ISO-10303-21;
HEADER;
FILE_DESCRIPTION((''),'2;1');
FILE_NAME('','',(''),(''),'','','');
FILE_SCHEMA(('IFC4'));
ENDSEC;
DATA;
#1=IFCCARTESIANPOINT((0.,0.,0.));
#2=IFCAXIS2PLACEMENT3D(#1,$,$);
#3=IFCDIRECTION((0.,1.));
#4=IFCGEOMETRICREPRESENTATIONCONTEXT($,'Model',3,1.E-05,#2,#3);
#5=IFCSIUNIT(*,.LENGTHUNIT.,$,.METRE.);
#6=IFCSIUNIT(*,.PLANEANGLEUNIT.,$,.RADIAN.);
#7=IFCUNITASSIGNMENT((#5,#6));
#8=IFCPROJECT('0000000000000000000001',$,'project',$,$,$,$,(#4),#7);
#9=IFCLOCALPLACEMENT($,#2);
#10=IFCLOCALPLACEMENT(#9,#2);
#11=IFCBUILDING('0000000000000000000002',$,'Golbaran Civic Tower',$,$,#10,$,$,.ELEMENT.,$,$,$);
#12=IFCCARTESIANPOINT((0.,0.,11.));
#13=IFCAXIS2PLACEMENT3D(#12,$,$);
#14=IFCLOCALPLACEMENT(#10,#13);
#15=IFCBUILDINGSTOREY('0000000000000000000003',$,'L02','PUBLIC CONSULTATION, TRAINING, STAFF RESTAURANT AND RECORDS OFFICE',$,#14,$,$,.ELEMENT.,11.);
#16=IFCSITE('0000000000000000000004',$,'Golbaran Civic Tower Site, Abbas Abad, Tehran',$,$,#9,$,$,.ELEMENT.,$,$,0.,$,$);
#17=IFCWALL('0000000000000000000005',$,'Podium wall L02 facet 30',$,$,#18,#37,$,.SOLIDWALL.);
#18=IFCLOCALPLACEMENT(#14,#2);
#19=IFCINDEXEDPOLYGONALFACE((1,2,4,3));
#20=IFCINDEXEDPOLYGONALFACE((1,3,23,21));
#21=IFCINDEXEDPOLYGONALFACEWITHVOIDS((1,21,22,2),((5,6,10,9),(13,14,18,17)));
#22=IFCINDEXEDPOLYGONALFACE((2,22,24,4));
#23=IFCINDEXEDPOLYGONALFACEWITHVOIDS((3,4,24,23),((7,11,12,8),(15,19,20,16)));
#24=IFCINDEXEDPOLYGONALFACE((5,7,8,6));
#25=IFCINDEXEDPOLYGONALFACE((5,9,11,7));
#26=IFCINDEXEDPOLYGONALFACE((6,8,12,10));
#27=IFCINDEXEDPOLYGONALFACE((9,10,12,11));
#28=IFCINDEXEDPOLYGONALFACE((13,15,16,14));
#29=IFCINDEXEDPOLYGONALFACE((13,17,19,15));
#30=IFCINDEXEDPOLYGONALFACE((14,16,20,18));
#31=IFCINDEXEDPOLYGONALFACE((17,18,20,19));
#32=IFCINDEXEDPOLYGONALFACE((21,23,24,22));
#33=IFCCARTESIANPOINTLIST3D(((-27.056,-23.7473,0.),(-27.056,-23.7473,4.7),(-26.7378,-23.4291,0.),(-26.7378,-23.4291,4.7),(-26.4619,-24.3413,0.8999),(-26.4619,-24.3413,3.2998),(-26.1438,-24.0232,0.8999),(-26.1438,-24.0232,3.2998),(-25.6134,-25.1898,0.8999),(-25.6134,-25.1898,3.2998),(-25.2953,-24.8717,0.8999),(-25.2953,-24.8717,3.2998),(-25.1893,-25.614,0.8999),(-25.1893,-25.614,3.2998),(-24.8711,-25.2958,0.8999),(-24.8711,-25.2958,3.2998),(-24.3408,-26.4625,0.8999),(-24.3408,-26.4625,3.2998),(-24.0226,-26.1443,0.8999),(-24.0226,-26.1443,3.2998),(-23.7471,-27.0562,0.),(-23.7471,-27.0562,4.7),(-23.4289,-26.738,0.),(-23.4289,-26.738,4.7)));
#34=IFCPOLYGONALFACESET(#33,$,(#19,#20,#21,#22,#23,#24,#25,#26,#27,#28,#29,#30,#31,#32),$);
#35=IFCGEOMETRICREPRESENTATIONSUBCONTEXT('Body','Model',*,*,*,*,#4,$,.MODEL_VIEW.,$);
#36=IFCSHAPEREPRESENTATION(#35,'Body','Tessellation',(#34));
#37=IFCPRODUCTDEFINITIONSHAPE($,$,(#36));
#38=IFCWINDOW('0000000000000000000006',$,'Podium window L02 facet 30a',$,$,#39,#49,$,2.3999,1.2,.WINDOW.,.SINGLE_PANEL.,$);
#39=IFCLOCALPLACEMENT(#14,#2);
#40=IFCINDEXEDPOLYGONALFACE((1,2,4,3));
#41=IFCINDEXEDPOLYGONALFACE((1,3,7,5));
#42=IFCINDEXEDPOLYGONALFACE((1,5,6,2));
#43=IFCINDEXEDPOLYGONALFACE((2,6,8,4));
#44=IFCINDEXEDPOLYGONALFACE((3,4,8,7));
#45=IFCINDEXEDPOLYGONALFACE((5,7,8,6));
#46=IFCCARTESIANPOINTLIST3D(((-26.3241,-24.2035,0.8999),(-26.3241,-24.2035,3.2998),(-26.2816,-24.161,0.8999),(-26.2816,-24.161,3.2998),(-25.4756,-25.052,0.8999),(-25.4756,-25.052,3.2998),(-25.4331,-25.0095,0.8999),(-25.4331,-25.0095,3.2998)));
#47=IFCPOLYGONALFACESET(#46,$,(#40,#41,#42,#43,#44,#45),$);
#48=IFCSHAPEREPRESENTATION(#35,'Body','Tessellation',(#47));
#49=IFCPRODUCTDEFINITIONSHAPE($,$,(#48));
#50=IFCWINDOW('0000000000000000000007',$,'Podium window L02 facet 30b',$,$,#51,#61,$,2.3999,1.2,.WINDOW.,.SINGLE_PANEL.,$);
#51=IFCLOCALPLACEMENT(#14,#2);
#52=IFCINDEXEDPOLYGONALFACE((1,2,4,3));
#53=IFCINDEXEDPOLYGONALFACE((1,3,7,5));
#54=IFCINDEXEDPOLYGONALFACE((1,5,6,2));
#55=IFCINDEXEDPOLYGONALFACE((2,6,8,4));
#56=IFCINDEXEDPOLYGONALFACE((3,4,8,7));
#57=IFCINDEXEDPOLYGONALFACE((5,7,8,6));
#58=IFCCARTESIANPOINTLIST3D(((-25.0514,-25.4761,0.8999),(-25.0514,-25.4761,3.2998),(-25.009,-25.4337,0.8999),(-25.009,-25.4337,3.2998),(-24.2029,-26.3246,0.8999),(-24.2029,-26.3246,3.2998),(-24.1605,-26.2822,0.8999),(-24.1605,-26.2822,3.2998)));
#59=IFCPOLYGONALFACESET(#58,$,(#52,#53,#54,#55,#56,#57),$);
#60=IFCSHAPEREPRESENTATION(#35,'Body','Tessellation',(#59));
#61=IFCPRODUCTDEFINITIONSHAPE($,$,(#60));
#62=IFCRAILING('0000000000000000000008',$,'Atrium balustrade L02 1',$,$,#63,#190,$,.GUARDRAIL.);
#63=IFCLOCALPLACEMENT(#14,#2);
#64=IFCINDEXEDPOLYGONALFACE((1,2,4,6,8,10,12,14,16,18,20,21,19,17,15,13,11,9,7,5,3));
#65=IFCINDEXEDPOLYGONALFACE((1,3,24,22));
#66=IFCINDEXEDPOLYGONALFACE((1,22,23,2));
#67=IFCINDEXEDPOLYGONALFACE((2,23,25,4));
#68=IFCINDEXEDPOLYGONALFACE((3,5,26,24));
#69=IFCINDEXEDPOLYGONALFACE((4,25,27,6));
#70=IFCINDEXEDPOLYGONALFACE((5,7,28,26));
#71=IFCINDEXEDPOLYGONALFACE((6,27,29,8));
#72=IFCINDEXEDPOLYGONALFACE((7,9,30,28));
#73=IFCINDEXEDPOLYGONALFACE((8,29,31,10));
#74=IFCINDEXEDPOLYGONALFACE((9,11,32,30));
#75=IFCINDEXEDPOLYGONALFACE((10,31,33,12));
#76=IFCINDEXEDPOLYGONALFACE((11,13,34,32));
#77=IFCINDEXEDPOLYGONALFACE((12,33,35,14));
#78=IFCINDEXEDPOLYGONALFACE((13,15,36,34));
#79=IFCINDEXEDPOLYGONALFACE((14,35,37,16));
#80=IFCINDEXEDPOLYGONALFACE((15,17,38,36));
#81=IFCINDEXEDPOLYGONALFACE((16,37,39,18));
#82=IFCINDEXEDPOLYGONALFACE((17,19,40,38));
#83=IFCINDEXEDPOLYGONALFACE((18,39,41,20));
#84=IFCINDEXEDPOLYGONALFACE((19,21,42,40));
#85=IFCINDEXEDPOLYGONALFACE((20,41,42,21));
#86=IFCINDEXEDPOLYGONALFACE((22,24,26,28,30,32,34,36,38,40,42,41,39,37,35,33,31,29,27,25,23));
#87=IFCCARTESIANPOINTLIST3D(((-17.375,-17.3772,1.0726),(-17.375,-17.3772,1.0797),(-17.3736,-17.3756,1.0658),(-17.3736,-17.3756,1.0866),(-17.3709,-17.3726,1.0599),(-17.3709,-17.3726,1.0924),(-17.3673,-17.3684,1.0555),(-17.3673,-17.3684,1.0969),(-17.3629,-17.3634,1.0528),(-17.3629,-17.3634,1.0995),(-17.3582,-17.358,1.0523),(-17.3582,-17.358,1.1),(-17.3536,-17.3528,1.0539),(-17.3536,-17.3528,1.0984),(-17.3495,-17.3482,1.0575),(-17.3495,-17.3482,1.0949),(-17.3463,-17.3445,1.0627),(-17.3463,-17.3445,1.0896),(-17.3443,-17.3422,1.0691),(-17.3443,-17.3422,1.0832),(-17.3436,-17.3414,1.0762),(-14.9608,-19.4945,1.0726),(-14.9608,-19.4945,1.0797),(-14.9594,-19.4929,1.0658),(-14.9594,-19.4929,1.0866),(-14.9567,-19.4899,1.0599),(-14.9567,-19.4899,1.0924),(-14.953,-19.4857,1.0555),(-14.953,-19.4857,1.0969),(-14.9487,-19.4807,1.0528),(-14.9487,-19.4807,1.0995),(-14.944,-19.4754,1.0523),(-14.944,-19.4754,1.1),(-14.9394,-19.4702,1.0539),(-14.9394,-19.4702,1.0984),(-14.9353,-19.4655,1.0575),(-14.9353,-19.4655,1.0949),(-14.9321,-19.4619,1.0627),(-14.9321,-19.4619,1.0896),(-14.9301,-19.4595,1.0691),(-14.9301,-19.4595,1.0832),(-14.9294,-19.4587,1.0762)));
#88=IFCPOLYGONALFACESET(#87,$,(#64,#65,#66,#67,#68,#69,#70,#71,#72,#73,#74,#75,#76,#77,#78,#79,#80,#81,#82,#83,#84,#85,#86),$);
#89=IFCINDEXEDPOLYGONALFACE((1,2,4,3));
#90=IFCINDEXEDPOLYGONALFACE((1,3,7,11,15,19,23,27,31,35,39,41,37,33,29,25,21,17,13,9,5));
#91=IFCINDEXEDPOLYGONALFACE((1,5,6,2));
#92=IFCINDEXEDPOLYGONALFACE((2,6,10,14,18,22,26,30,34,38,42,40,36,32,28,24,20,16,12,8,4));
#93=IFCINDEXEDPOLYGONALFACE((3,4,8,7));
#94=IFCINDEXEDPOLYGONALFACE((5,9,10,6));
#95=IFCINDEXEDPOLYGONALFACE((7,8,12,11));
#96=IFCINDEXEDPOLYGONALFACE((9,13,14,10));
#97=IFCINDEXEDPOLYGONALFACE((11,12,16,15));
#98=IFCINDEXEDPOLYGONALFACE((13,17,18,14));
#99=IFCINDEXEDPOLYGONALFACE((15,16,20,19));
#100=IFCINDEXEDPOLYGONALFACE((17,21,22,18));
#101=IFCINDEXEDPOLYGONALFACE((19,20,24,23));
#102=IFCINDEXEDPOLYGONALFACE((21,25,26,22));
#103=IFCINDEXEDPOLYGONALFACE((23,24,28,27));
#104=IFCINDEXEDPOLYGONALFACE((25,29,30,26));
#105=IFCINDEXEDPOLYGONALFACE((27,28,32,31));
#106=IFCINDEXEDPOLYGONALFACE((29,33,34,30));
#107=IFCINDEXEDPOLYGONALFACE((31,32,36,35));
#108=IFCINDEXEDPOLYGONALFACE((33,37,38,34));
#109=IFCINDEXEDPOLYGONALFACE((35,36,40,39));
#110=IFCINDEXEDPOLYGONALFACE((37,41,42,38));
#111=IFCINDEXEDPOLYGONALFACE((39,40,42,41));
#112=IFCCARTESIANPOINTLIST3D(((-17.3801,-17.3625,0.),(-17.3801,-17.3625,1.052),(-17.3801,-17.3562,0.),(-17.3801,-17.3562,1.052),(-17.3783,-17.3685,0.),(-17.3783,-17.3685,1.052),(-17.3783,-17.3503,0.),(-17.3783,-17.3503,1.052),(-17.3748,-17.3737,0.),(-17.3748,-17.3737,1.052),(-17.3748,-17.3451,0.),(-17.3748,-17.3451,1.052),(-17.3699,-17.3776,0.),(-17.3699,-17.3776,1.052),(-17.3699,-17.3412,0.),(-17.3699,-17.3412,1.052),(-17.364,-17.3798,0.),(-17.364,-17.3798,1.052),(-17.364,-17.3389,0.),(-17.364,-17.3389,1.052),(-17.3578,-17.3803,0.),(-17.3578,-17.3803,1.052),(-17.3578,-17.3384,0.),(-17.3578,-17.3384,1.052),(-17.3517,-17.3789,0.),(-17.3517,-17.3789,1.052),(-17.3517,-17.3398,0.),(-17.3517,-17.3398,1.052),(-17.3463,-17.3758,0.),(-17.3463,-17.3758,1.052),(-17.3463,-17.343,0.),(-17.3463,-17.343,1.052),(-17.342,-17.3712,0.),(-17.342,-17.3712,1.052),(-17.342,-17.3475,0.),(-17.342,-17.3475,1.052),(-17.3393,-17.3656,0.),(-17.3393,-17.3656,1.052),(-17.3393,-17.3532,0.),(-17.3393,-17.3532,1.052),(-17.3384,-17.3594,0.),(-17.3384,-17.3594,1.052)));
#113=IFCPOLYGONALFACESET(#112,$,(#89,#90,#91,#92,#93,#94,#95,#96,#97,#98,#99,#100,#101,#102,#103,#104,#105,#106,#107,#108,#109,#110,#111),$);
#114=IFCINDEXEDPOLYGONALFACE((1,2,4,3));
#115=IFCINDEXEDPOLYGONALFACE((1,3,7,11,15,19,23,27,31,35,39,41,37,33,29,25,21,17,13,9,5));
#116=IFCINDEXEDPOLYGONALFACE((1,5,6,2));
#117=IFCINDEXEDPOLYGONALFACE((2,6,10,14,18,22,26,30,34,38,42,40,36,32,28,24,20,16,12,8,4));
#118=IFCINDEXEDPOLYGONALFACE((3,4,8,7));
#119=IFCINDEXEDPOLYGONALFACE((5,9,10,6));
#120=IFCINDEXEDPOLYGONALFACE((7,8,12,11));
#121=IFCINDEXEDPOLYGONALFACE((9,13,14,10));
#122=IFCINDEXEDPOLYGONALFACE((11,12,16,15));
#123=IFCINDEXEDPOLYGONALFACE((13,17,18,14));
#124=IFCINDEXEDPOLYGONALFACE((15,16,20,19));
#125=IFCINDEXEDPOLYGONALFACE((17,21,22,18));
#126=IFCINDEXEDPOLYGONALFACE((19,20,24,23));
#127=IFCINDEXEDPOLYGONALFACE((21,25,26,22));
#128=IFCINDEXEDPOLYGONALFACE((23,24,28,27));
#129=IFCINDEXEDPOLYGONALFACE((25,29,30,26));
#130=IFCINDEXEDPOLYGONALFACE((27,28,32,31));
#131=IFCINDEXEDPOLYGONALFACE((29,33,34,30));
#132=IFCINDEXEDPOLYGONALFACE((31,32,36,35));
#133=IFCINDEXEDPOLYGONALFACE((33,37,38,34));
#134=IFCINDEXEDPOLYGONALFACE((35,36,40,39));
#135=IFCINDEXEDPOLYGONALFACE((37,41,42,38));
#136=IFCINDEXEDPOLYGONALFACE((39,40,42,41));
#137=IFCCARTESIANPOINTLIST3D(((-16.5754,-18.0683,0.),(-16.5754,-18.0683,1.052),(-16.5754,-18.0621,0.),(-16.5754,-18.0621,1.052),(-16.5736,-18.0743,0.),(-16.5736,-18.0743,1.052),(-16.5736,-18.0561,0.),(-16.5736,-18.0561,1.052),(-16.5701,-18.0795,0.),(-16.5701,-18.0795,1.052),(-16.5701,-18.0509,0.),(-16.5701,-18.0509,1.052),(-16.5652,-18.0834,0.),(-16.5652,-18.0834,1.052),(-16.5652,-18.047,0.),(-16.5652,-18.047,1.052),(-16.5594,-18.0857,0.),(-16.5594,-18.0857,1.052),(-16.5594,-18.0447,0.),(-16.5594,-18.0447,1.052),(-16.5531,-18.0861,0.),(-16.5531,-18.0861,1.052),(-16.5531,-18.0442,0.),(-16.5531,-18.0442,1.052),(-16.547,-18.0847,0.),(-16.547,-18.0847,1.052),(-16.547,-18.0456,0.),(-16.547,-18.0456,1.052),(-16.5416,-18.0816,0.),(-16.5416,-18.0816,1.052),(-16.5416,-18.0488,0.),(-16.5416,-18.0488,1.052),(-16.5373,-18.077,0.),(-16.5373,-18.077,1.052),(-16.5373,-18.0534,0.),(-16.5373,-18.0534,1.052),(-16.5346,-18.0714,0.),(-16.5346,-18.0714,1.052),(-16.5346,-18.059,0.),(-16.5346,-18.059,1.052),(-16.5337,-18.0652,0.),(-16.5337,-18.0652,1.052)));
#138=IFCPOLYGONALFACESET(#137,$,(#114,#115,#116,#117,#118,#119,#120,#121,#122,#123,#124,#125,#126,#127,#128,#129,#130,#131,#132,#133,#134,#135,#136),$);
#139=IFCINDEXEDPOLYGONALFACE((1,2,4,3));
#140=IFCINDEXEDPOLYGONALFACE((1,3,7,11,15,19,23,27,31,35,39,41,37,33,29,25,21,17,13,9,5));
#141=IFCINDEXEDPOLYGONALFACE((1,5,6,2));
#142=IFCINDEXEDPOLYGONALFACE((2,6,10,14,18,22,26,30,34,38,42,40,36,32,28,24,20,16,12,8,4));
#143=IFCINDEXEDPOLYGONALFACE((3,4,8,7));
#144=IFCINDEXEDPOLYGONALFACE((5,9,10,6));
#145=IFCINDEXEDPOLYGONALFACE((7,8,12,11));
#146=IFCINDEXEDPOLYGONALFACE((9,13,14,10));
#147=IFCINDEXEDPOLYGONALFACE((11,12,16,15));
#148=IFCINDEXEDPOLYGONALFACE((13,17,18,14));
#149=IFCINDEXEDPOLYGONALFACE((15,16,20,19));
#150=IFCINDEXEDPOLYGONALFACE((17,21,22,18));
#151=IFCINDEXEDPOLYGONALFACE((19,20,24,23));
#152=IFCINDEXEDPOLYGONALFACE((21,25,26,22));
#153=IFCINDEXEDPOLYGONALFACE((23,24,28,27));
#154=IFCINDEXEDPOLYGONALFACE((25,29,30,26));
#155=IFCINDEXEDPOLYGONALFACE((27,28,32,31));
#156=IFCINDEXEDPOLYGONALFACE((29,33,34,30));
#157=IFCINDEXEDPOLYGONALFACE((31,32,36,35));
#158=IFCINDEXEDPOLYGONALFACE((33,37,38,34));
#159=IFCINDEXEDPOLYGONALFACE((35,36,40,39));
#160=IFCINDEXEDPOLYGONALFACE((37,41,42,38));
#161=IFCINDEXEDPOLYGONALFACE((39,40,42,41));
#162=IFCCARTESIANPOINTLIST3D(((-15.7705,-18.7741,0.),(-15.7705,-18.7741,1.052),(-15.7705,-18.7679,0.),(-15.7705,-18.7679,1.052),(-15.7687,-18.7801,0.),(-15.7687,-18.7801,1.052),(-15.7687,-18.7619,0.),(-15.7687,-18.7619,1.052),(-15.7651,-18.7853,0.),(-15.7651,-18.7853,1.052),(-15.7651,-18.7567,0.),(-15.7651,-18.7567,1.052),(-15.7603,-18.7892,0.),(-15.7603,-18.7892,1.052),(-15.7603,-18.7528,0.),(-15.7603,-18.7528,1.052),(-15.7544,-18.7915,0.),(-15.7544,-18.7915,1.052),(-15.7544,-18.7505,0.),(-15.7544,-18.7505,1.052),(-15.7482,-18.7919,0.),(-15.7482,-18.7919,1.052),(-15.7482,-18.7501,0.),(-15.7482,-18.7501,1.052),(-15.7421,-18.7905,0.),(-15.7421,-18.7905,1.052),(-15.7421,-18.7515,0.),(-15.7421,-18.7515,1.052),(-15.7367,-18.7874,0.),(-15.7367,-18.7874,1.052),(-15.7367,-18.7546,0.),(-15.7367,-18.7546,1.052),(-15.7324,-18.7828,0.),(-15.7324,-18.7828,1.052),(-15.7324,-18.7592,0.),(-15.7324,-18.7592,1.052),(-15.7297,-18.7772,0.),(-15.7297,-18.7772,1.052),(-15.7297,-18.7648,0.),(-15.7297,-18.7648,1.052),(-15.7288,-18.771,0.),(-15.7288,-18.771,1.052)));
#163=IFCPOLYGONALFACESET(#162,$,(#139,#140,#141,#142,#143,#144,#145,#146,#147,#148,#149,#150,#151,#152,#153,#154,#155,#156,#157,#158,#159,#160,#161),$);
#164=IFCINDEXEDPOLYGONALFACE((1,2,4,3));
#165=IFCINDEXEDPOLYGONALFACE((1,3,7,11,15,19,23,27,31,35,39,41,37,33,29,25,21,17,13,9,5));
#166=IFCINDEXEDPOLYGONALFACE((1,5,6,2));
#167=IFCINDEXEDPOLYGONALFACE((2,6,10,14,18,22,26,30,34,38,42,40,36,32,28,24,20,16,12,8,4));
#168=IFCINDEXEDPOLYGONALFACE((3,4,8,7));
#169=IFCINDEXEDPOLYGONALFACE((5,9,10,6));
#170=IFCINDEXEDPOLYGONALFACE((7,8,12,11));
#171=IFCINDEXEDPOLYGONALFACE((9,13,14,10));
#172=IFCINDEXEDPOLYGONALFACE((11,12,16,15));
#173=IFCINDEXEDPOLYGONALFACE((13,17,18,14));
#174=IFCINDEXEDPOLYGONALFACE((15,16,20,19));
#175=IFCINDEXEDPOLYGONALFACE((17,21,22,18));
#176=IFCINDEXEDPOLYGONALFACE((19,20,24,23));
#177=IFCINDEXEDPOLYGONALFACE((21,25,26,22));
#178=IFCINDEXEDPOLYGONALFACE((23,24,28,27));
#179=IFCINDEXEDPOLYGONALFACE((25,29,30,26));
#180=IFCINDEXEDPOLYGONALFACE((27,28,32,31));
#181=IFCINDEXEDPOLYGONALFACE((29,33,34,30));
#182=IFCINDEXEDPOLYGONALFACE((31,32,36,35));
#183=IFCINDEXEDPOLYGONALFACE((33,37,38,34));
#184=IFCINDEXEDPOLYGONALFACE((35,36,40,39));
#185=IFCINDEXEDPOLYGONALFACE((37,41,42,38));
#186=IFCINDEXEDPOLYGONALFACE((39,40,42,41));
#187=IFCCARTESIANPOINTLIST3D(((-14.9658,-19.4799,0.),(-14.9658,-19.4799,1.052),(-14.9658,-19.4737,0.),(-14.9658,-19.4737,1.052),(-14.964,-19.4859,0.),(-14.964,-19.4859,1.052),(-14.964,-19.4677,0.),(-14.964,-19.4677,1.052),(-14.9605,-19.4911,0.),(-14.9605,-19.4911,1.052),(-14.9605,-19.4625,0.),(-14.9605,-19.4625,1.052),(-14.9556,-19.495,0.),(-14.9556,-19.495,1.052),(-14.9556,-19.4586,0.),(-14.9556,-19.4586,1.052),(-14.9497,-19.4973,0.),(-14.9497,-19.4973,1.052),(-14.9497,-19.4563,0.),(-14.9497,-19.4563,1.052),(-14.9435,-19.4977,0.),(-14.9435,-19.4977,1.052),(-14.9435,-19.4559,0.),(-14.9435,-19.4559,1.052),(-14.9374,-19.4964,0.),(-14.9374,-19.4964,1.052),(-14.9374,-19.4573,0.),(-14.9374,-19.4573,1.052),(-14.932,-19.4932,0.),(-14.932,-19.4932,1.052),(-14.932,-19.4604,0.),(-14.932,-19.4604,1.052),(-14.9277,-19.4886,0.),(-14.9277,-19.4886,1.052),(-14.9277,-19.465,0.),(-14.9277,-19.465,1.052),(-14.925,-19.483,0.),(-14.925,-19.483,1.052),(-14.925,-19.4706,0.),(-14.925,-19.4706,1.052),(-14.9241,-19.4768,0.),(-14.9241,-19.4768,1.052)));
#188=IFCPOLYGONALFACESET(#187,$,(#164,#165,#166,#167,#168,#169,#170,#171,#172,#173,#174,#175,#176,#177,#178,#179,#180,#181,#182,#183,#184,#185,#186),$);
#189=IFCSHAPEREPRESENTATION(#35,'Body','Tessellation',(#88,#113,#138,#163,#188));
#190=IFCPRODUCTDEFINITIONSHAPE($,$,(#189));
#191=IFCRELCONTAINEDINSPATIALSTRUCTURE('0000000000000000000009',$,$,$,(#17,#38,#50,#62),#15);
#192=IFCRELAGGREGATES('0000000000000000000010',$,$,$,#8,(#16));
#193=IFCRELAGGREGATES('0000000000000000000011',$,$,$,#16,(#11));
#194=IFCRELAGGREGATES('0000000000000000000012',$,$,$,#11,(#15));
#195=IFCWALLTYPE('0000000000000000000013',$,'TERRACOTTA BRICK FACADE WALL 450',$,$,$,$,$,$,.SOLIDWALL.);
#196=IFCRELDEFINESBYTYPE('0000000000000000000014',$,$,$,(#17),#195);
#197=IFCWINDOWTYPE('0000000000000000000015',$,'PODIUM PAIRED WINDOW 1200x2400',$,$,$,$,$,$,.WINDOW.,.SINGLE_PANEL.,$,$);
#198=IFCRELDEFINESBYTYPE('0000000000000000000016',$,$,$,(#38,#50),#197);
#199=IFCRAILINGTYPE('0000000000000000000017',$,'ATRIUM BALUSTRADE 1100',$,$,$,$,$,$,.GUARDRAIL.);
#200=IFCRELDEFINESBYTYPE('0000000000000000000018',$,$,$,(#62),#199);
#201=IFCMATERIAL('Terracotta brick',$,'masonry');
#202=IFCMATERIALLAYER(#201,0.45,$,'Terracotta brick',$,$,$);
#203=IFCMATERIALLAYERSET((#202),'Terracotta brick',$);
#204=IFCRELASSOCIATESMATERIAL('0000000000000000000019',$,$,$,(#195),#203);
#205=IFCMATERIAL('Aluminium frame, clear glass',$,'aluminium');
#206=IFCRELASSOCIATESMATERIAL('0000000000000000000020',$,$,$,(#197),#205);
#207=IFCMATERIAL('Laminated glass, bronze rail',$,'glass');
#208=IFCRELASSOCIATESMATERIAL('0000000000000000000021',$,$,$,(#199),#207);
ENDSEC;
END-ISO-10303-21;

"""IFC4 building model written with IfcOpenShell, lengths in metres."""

from ifc_helpers import new_model, si_unit, direction, frame, frame_2d, origin, origin_2d, place, context, subcontext, project, spatial, rectangle, circle, extrude, material, layer, layer_set, type_object, element, fill, save


model = new_model("IFC4")

# Units and contexts
model_context = context("Model", 3, precision=1e-05, world=origin(), true_north=direction((0.0, 1.0)))
body_context = subcontext(model_context, "Body", "Model", "MODEL_VIEW")
ifc_project = project(units=[si_unit("LENGTHUNIT", "METRE"), si_unit("PLANEANGLEUNIT", "RADIAN")], contexts=[model_context])

# Site, building, storey
site_placement = place(None, origin())
site = spatial("IfcSite", under=ifc_project, at=site_placement, Name="Golbaran Civic Tower Site, Abbas Abad, Tehran", CompositionType="ELEMENT", RefElevation=0.0)
building_placement = place(site_placement, origin())
building = spatial("IfcBuilding", under=site, at=building_placement, Name="Golbaran Civic Tower", CompositionType="ELEMENT")
storey_placement = place(building_placement, frame((0.0, 0.0, 11.0)))
storey = spatial("IfcBuildingStorey", under=building, at=storey_placement, Name="L02", Description="PUBLIC CONSULTATION, TRAINING, STAFF RESTAURANT AND RECORDS OFFICE", CompositionType="ELEMENT", Elevation=11.0)

# Shared definitions
ifc_material_1 = material(Name="Terracotta brick", Category="masonry")
ifc_layer_1 = layer(ifc_material_1, 0.45, Name="Terracotta brick")
ifc_layer_set_1 = layer_set([ifc_layer_1], Name="Terracotta brick")
wall_type_1 = type_object("IfcWallType", Name="TERRACOTTA BRICK FACADE WALL 450", PredefinedType="SOLIDWALL", material=ifc_layer_set_1)
ifc_material_2 = material(Name="Aluminium frame, clear glass", Category="aluminium")

# Wall, openings, windows
wall_1_placement = place(storey_placement, frame((-26.897, -23.5881, 0.0), z_axis=(0.0, 0.0, 1.0), x_axis=(0.707107, -0.707107, 0.0)))
wall_1 = element("IfcWall", 1, at=wall_1_placement, inside=storey, type_object=wall_type_1, Name="Podium wall L02 facet 30", PredefinedType="SOLIDWALL", context=body_context, shape_type="SweptSolid", body=[
    extrude(rectangle(XDim=4.6794, YDim=0.45, at=frame_2d((2.3398, 0.0))), origin(), (0.0, 0.0, 1.0), 4.7),
])
opening_1_placement = place(wall_1_placement, frame((0.8401, 0.0, 0.8999)))
opening_1 = element("IfcOpeningElement", 2, at=opening_1_placement, cuts=wall_1, PredefinedType="OPENING", context=body_context, shape_type="SweptSolid", body=[
    extrude(rectangle(XDim=1.2, YDim=2.3999, at=frame_2d((0.6001, 1.2))), frame((0.0, 0.2349, 0.0), z_axis=(0.0, -1.0, 0.0), x_axis=(1.0, 0.0, 0.0)), (0.0, 0.0, 1.0), 0.47),
])
opening_2_placement = place(wall_1_placement, frame((2.6399, 0.0, 0.8999)))
opening_2 = element("IfcOpeningElement", 3, at=opening_2_placement, cuts=wall_1, PredefinedType="OPENING", context=body_context, shape_type="SweptSolid", body=[
    extrude(rectangle(XDim=1.2, YDim=2.3999, at=frame_2d((0.6001, 1.2))), frame((0.0, 0.2349, 0.0), z_axis=(0.0, -1.0, 0.0), x_axis=(1.0, 0.0, 0.0)), (0.0, 0.0, 1.0), 0.47),
])
window_type_1 = type_object("IfcWindowType", Name="PODIUM PAIRED WINDOW 1200x2400", PartitioningType="SINGLE_PANEL", PredefinedType="WINDOW", material=ifc_material_2)
window_1_placement = place(opening_1_placement, origin())
window_1 = element("IfcWindow", 4, at=window_1_placement, inside=storey, type_object=window_type_1, Name="Podium window L02 facet 30a", OverallHeight=2.3999, OverallWidth=1.2, PartitioningType="SINGLE_PANEL", PredefinedType="WINDOW", context=body_context, shape_type="SweptSolid", body=[
    extrude(rectangle(XDim=1.2, YDim=2.3999, at=frame_2d((0.6001, 1.2))), frame((0.0, 0.03, 0.0), z_axis=(0.0, -1.0, 0.0), x_axis=(1.0, 0.0, 0.0)), (0.0, 0.0, 1.0), 0.0601),
])
fill(opening_1, window_1)
window_2_placement = place(opening_2_placement, origin())
window_2 = element("IfcWindow", 5, at=window_2_placement, inside=storey, type_object=window_type_1, Name="Podium window L02 facet 30b", OverallHeight=2.3999, OverallWidth=1.2, PartitioningType="SINGLE_PANEL", PredefinedType="WINDOW", context=body_context, shape_type="SweptSolid", body=[
    extrude(rectangle(XDim=1.2, YDim=2.3999, at=frame_2d((0.6001, 1.2))), frame((0.0, 0.03, 0.0), z_axis=(0.0, -1.0, 0.0), x_axis=(1.0, 0.0, 0.0)), (0.0, 0.0, 1.0), 0.0601),
])
fill(opening_2, window_2)

# Railing
ifc_material_3 = material(Name="Laminated glass, bronze rail", Category="glass")
railing_type = type_object("IfcRailingType", Name="ATRIUM BALUSTRADE 1100", PredefinedType="GUARDRAIL", material=ifc_material_3)
railing_placement = place(storey_placement, frame((-17.3594, -17.3594, 0.0)))
element("IfcRailing", 6, at=railing_placement, inside=storey, type_object=railing_type, Name="Atrium balustrade L02 1", PredefinedType="GUARDRAIL", context=body_context, shape_type="SweptSolid", body=[
    extrude(circle(Radius=0.0239, at=origin_2d()), frame((0.0, 0.0, 1.0762), z_axis=(0.751818, -0.659371, 0.0), x_axis=(0.659371, 0.751818, 0.0)), (0.0, 0.0, 1.0), 3.2112),
    extrude(circle(Radius=0.021, at=origin_2d()), origin(), (0.0, 0.0, 1.0), 1.052),
    extrude(circle(Radius=0.021, at=origin_2d()), frame((0.8047, -0.7058, 0.0)), (0.0, 0.0, 1.0), 1.052),
    extrude(circle(Radius=0.021, at=origin_2d()), frame((1.6096, -1.4116, 0.0)), (0.0, 0.0, 1.0), 1.052),
    extrude(circle(Radius=0.021, at=origin_2d()), frame((2.4143, -2.1174, 0.0)), (0.0, 0.0, 1.0), 1.052),
])

save(model, "model.ifc")
